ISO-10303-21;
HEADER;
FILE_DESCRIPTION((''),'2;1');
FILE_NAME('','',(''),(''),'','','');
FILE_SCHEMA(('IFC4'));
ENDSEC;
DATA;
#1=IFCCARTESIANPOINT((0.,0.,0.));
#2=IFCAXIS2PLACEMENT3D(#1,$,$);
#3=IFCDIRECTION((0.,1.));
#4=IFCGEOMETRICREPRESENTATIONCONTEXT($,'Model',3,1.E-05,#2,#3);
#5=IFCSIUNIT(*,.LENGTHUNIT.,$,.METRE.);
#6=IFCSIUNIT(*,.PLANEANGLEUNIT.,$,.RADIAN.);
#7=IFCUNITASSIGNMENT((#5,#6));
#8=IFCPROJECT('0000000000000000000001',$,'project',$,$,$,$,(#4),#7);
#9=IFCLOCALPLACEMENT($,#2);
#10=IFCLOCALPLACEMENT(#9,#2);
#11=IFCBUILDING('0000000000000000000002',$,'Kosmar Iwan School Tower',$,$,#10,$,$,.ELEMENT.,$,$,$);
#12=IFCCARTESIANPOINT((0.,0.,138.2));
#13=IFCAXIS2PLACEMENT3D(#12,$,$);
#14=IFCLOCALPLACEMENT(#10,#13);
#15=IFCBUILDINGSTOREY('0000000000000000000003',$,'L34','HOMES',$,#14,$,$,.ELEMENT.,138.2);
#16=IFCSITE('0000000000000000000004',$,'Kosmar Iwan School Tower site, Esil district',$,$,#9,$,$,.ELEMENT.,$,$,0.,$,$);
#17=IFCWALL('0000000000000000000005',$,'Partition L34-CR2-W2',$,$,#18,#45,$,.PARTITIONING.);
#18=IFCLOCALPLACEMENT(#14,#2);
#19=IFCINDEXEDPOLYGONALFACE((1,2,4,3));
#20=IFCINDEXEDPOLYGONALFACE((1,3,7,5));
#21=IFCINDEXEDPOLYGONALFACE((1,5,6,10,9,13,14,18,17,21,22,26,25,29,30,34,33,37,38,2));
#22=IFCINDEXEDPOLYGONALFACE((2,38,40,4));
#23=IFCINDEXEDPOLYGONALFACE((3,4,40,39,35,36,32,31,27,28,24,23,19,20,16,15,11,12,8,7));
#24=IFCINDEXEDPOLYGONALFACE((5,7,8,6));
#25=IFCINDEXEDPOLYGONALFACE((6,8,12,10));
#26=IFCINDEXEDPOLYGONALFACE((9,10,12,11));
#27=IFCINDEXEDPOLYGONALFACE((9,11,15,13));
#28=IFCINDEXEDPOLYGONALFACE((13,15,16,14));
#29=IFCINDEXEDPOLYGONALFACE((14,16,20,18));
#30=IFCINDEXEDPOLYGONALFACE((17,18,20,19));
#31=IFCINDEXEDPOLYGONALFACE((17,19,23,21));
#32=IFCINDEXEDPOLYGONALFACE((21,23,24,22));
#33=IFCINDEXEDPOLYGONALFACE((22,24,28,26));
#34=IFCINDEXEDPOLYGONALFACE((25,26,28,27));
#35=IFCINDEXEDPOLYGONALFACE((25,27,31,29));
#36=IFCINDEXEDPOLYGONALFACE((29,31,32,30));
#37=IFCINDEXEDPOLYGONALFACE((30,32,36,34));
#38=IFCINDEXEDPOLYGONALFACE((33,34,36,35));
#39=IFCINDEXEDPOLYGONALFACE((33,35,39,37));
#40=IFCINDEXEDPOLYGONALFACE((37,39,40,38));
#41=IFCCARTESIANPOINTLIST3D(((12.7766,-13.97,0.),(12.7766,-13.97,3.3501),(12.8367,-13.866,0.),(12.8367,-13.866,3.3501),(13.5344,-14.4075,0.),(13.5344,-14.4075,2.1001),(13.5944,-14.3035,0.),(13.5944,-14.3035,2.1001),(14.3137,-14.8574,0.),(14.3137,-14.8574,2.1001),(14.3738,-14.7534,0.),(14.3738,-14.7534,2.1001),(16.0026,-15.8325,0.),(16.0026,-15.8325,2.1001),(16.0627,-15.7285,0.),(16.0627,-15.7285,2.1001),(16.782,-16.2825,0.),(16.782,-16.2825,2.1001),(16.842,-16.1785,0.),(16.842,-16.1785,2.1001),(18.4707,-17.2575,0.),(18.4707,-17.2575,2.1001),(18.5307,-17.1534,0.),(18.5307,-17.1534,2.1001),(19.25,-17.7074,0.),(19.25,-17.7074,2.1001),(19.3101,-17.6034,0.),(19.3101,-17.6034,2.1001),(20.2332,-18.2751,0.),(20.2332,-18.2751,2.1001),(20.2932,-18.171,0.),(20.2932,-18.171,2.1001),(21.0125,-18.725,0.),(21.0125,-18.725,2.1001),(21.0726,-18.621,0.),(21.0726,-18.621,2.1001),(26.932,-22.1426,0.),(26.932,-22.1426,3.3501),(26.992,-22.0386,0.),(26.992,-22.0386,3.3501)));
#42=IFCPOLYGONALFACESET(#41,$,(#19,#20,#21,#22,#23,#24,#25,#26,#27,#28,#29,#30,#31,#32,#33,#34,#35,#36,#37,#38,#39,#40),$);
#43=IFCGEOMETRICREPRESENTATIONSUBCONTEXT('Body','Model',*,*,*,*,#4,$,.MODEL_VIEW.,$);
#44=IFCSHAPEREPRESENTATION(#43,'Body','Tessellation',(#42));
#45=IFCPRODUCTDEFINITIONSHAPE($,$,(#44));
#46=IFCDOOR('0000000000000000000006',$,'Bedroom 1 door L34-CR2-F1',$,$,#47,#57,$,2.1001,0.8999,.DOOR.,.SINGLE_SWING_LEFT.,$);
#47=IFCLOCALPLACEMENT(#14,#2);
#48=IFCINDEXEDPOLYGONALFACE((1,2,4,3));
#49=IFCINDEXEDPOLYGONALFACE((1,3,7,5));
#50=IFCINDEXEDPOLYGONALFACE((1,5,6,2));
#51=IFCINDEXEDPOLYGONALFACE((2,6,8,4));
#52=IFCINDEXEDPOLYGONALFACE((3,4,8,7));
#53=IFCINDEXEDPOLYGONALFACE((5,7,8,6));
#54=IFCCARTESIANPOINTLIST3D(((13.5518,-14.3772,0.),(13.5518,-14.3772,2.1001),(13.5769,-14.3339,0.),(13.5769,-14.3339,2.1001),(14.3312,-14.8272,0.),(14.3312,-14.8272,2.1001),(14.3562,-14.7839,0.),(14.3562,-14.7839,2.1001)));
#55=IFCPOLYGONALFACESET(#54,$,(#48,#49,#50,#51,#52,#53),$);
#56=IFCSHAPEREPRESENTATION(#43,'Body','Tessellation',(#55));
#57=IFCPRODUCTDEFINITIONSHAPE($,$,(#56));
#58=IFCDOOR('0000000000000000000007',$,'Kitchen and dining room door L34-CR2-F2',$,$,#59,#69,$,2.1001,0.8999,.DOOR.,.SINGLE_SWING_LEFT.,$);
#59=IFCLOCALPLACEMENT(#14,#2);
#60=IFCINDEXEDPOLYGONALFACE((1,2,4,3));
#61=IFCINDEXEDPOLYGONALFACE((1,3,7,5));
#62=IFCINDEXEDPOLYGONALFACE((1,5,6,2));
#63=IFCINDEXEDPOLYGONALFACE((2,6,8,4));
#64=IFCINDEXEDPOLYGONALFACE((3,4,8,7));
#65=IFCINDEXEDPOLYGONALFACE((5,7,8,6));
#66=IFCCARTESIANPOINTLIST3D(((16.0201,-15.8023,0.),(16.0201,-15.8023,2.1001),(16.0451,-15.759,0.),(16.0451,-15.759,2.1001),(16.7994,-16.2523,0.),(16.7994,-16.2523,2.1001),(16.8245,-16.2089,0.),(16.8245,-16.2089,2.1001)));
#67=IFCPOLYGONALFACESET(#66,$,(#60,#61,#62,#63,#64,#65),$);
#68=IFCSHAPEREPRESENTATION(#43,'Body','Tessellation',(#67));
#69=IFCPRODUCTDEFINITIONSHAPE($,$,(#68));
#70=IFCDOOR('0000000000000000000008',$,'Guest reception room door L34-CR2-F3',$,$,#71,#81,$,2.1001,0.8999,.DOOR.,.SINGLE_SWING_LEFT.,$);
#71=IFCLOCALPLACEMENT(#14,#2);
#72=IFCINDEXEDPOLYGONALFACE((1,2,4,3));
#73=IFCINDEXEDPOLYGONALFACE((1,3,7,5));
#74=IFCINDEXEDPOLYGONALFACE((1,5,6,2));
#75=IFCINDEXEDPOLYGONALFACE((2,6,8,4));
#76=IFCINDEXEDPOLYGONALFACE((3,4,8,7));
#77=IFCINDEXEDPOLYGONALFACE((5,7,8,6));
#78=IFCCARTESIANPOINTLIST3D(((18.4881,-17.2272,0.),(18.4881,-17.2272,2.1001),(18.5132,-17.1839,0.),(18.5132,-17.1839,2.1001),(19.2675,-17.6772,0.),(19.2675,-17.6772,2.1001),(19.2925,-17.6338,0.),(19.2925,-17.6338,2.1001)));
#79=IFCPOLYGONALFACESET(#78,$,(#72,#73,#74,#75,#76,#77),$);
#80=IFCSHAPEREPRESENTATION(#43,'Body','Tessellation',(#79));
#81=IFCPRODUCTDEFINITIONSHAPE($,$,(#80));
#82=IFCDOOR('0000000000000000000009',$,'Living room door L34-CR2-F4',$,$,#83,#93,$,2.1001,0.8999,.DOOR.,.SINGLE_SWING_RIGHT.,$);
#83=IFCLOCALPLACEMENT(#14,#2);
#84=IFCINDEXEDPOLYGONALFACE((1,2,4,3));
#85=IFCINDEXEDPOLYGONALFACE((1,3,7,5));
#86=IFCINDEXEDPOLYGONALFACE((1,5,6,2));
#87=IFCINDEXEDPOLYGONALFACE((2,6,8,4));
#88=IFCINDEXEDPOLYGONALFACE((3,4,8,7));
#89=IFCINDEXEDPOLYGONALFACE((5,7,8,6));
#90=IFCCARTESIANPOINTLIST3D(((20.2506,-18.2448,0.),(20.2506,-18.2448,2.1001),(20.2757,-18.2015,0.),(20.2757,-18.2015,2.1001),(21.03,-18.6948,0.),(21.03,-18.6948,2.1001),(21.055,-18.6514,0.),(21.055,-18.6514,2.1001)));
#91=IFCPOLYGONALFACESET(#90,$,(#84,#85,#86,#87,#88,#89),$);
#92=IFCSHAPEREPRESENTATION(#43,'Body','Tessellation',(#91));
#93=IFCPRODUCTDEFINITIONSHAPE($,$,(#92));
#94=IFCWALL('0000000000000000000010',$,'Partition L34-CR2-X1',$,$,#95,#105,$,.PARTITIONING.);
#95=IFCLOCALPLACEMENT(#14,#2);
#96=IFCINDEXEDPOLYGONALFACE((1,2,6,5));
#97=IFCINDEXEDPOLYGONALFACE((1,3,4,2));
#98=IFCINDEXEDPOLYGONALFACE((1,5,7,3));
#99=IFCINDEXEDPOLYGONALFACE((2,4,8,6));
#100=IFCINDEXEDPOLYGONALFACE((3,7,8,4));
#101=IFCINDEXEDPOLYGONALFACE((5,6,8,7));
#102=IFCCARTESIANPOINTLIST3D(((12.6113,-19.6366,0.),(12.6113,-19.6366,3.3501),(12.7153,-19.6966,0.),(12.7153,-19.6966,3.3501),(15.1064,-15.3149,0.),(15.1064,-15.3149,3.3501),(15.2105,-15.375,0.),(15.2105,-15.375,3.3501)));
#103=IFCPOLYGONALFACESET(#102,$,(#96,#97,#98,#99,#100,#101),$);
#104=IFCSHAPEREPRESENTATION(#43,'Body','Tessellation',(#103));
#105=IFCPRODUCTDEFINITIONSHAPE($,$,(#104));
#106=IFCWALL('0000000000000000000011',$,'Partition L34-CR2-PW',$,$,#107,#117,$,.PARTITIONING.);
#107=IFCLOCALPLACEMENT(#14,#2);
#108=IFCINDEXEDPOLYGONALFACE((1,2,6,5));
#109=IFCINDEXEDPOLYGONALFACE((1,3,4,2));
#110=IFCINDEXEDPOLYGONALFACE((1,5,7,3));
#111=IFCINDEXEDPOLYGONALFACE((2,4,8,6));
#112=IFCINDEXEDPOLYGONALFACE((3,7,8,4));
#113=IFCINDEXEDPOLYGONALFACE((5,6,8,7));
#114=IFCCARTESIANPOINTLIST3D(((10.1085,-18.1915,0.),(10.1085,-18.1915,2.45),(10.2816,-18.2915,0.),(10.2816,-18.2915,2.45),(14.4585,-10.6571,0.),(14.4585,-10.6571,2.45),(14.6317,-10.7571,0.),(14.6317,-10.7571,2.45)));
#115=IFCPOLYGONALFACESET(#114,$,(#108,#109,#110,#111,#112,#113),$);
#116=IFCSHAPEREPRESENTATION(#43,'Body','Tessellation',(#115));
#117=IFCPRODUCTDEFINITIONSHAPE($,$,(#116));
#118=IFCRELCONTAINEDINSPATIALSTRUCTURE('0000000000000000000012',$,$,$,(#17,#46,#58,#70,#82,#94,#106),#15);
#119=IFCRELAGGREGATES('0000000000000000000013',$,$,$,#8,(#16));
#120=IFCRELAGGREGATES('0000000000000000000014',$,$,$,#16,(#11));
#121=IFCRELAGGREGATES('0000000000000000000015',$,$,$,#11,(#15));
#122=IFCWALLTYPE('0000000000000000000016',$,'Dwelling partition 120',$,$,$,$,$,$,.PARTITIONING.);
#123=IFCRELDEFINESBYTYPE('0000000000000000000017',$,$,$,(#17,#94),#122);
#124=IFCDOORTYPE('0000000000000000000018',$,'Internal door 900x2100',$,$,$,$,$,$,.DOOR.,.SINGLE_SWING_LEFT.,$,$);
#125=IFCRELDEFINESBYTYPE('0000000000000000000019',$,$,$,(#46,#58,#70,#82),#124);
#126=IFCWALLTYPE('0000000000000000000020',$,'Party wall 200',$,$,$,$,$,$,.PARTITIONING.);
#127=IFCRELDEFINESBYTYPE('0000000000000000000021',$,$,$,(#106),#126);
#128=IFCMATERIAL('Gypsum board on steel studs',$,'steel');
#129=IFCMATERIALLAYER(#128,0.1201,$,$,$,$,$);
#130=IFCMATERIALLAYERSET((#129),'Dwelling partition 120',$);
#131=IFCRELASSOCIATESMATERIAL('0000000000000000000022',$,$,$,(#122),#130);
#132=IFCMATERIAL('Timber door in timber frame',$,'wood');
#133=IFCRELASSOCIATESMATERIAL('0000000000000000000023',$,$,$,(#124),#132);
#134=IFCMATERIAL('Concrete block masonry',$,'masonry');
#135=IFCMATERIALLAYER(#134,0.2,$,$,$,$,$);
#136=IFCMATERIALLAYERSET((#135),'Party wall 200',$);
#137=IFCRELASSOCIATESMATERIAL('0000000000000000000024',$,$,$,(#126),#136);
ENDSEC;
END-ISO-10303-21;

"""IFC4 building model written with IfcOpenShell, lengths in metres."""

from ifc_helpers import new_model, si_unit, direction, frame, frame_2d, origin, place, context, subcontext, project, spatial, rectangle, extrude, material, layer, layer_set, type_object, element, fill, save


model = new_model("IFC4")

# Units and contexts
model_context = context("Model", 3, precision=1e-05, world=origin(), true_north=direction((0.0, 1.0)))
body_context = subcontext(model_context, "Body", "Model", "MODEL_VIEW")
ifc_project = project(units=[si_unit("LENGTHUNIT", "METRE"), si_unit("PLANEANGLEUNIT", "RADIAN")], contexts=[model_context])

# Site, building, storey
site_placement = place(None, origin())
site = spatial("IfcSite", under=ifc_project, at=site_placement, Name="Kosmar Iwan School Tower site, Esil district", CompositionType="ELEMENT", RefElevation=0.0)
building_placement = place(site_placement, origin())
building = spatial("IfcBuilding", under=site, at=building_placement, Name="Kosmar Iwan School Tower", CompositionType="ELEMENT")
storey_placement = place(building_placement, frame((0.0, 0.0, 138.2)))
storey = spatial("IfcBuildingStorey", under=building, at=storey_placement, Name="L34", Description="HOMES", CompositionType="ELEMENT", Elevation=138.2)

# Shared definitions
ifc_material_1 = material(Name="Gypsum board on steel studs", Category="steel")
ifc_layer_1 = layer(ifc_material_1, 0.1201)
ifc_layer_set_1 = layer_set([ifc_layer_1], Name="Dwelling partition 120")
wall_type_1 = type_object("IfcWallType", Name="Dwelling partition 120", PredefinedType="PARTITIONING", material=ifc_layer_set_1)

# Wall, openings, doors
ifc_material_2 = material(Name="Timber door in timber frame", Category="wood")
door_type_1 = type_object("IfcDoorType", Name="Internal door 900x2100", OperationType="SINGLE_SWING_LEFT", PredefinedType="DOOR", material=ifc_material_2)
wall_1_placement = place(storey_placement, frame((12.8066, -13.918, 0.0), z_axis=(0.0, 0.0, 1.0), x_axis=(0.866024, -0.500003, 0.0)))
wall_1 = element("IfcWall", 1, at=wall_1_placement, inside=storey, type_object=wall_type_1, Name="Partition L34-CR2-W2", PredefinedType="PARTITIONING", context=body_context, shape_type="SweptSolid", body=[
    extrude(rectangle(XDim=16.3452, YDim=0.1201, at=frame_2d((8.1726, 0.0))), origin(), (0.0, 0.0, 1.0), 3.3501),
])
opening_1_placement = place(wall_1_placement, frame((0.875, 0.0, 0.0)))
opening_1 = element("IfcOpeningElement", 2, at=opening_1_placement, cuts=wall_1, PredefinedType="OPENING", context=body_context, shape_type="SweptSolid", body=[
    extrude(rectangle(XDim=0.8999, YDim=2.1001, at=frame_2d((0.45, 1.05))), frame((0.0, 0.072, 0.0), z_axis=(0.0, -1.0, 0.0), x_axis=(1.0, 0.0, 0.0)), (0.0, 0.0, 1.0), 0.144),
])
opening_2_placement = place(wall_1_placement, frame((3.7251, 0.0, 0.0)))
opening_2 = element("IfcOpeningElement", 3, at=opening_2_placement, cuts=wall_1, PredefinedType="OPENING", context=body_context, shape_type="SweptSolid", body=[
    extrude(rectangle(XDim=0.8999, YDim=2.1001, at=frame_2d((0.45, 1.05))), frame((0.0, 0.072, 0.0), z_axis=(0.0, -1.0, 0.0), x_axis=(1.0, 0.0, 0.0)), (0.0, 0.0, 1.0), 0.144),
])
opening_3_placement = place(wall_1_placement, frame((6.575, 0.0, 0.0)))
opening_3 = element("IfcOpeningElement", 4, at=opening_3_placement, cuts=wall_1, PredefinedType="OPENING", context=body_context, shape_type="SweptSolid", body=[
    extrude(rectangle(XDim=0.8999, YDim=2.1001, at=frame_2d((0.45, 1.05))), frame((0.0, 0.072, 0.0), z_axis=(0.0, -1.0, 0.0), x_axis=(1.0, 0.0, 0.0)), (0.0, 0.0, 1.0), 0.144),
])
opening_4_placement = place(wall_1_placement, frame((8.6101, 0.0, 0.0)))
opening_4 = element("IfcOpeningElement", 5, at=opening_4_placement, cuts=wall_1, PredefinedType="OPENING", context=body_context, shape_type="SweptSolid", body=[
    extrude(rectangle(XDim=0.8999, YDim=2.1001, at=frame_2d((0.45, 1.05))), frame((0.0, 0.072, 0.0), z_axis=(0.0, -1.0, 0.0), x_axis=(1.0, 0.0, 0.0)), (0.0, 0.0, 1.0), 0.144),
])
door_1_placement = place(opening_1_placement, origin())
door_1 = element("IfcDoor", 6, at=door_1_placement, inside=storey, type_object=door_type_1, Name="Bedroom 1 door L34-CR2-F1", OperationType="SINGLE_SWING_LEFT", OverallHeight=2.1001, OverallWidth=0.8999, PredefinedType="DOOR", context=body_context, shape_type="SweptSolid", body=[
    extrude(rectangle(XDim=0.8999, YDim=2.1001, at=frame_2d((0.45, 1.05))), frame((0.0, 0.0249, 0.0), z_axis=(0.0, -1.0, 0.0), x_axis=(1.0, 0.0, 0.0)), (0.0, 0.0, 1.0), 0.05),
])
fill(opening_1, door_1)
door_2_placement = place(opening_2_placement, origin())
door_2 = element("IfcDoor", 7, at=door_2_placement, inside=storey, type_object=door_type_1, Name="Kitchen and dining room door L34-CR2-F2", OperationType="SINGLE_SWING_LEFT", OverallHeight=2.1001, OverallWidth=0.8999, PredefinedType="DOOR", context=body_context, shape_type="SweptSolid", body=[
    extrude(rectangle(XDim=0.8999, YDim=2.1001, at=frame_2d((0.45, 1.05))), frame((0.0, 0.0249, 0.0), z_axis=(0.0, -1.0, 0.0), x_axis=(1.0, 0.0, 0.0)), (0.0, 0.0, 1.0), 0.05),
])
fill(opening_2, door_2)
door_3_placement = place(opening_3_placement, origin())
door_3 = element("IfcDoor", 8, at=door_3_placement, inside=storey, type_object=door_type_1, Name="Guest reception room door L34-CR2-F3", OperationType="SINGLE_SWING_LEFT", OverallHeight=2.1001, OverallWidth=0.8999, PredefinedType="DOOR", context=body_context, shape_type="SweptSolid", body=[
    extrude(rectangle(XDim=0.8999, YDim=2.1001, at=frame_2d((0.45, 1.05))), frame((0.0, 0.0249, 0.0), z_axis=(0.0, -1.0, 0.0), x_axis=(1.0, 0.0, 0.0)), (0.0, 0.0, 1.0), 0.05),
])
fill(opening_3, door_3)
door_4_placement = place(opening_4_placement, origin())
door_4 = element("IfcDoor", 9, at=door_4_placement, inside=storey, type_object=door_type_1, Name="Living room door L34-CR2-F4", OperationType="SINGLE_SWING_RIGHT", OverallHeight=2.1001, OverallWidth=0.8999, PredefinedType="DOOR", context=body_context, shape_type="SweptSolid", body=[
    extrude(rectangle(XDim=0.8999, YDim=2.1001, at=frame_2d((0.45, 1.05))), frame((0.0, 0.0249, 0.0), z_axis=(0.0, -1.0, 0.0), x_axis=(1.0, 0.0, 0.0)), (0.0, 0.0, 1.0), 0.05),
])
fill(opening_4, door_4)

# Walls
wall_2_placement = place(storey_placement, frame((15.1584, -15.345, 0.0), z_axis=(0.0, 0.0, 1.0), x_axis=(-0.500012, -0.866019, 0.0)))
element("IfcWall", 10, at=wall_2_placement, inside=storey, type_object=wall_type_1, Name="Partition L34-CR2-X1", PredefinedType="PARTITIONING", context=body_context, shape_type="SweptSolid", body=[
    extrude(rectangle(XDim=4.9902, YDim=0.1201, at=frame_2d((2.4951, 0.0))), origin(), (0.0, 0.0, 1.0), 3.3501),
])
ifc_material_3 = material(Name="Concrete block masonry", Category="masonry")
ifc_layer_2 = layer(ifc_material_3, 0.2)
ifc_layer_set_2 = layer_set([ifc_layer_2], Name="Party wall 200")
wall_type_2 = type_object("IfcWallType", Name="Party wall 200", PredefinedType="PARTITIONING", material=ifc_layer_set_2)
wall_3_placement = place(storey_placement, frame((14.5452, -10.707, 0.0), z_axis=(0.0, 0.0, 1.0), x_axis=(-0.500008, -0.866021, 0.0)))
element("IfcWall", 11, at=wall_3_placement, inside=storey, type_object=wall_type_2, Name="Partition L34-CR2-PW", PredefinedType="PARTITIONING", context=body_context, shape_type="SweptSolid", body=[
    extrude(rectangle(XDim=8.7, YDim=0.2, at=frame_2d((4.3501, 0.0))), origin(), (0.0, 0.0, 1.0), 2.45),
])

save(model, "model.ifc")
